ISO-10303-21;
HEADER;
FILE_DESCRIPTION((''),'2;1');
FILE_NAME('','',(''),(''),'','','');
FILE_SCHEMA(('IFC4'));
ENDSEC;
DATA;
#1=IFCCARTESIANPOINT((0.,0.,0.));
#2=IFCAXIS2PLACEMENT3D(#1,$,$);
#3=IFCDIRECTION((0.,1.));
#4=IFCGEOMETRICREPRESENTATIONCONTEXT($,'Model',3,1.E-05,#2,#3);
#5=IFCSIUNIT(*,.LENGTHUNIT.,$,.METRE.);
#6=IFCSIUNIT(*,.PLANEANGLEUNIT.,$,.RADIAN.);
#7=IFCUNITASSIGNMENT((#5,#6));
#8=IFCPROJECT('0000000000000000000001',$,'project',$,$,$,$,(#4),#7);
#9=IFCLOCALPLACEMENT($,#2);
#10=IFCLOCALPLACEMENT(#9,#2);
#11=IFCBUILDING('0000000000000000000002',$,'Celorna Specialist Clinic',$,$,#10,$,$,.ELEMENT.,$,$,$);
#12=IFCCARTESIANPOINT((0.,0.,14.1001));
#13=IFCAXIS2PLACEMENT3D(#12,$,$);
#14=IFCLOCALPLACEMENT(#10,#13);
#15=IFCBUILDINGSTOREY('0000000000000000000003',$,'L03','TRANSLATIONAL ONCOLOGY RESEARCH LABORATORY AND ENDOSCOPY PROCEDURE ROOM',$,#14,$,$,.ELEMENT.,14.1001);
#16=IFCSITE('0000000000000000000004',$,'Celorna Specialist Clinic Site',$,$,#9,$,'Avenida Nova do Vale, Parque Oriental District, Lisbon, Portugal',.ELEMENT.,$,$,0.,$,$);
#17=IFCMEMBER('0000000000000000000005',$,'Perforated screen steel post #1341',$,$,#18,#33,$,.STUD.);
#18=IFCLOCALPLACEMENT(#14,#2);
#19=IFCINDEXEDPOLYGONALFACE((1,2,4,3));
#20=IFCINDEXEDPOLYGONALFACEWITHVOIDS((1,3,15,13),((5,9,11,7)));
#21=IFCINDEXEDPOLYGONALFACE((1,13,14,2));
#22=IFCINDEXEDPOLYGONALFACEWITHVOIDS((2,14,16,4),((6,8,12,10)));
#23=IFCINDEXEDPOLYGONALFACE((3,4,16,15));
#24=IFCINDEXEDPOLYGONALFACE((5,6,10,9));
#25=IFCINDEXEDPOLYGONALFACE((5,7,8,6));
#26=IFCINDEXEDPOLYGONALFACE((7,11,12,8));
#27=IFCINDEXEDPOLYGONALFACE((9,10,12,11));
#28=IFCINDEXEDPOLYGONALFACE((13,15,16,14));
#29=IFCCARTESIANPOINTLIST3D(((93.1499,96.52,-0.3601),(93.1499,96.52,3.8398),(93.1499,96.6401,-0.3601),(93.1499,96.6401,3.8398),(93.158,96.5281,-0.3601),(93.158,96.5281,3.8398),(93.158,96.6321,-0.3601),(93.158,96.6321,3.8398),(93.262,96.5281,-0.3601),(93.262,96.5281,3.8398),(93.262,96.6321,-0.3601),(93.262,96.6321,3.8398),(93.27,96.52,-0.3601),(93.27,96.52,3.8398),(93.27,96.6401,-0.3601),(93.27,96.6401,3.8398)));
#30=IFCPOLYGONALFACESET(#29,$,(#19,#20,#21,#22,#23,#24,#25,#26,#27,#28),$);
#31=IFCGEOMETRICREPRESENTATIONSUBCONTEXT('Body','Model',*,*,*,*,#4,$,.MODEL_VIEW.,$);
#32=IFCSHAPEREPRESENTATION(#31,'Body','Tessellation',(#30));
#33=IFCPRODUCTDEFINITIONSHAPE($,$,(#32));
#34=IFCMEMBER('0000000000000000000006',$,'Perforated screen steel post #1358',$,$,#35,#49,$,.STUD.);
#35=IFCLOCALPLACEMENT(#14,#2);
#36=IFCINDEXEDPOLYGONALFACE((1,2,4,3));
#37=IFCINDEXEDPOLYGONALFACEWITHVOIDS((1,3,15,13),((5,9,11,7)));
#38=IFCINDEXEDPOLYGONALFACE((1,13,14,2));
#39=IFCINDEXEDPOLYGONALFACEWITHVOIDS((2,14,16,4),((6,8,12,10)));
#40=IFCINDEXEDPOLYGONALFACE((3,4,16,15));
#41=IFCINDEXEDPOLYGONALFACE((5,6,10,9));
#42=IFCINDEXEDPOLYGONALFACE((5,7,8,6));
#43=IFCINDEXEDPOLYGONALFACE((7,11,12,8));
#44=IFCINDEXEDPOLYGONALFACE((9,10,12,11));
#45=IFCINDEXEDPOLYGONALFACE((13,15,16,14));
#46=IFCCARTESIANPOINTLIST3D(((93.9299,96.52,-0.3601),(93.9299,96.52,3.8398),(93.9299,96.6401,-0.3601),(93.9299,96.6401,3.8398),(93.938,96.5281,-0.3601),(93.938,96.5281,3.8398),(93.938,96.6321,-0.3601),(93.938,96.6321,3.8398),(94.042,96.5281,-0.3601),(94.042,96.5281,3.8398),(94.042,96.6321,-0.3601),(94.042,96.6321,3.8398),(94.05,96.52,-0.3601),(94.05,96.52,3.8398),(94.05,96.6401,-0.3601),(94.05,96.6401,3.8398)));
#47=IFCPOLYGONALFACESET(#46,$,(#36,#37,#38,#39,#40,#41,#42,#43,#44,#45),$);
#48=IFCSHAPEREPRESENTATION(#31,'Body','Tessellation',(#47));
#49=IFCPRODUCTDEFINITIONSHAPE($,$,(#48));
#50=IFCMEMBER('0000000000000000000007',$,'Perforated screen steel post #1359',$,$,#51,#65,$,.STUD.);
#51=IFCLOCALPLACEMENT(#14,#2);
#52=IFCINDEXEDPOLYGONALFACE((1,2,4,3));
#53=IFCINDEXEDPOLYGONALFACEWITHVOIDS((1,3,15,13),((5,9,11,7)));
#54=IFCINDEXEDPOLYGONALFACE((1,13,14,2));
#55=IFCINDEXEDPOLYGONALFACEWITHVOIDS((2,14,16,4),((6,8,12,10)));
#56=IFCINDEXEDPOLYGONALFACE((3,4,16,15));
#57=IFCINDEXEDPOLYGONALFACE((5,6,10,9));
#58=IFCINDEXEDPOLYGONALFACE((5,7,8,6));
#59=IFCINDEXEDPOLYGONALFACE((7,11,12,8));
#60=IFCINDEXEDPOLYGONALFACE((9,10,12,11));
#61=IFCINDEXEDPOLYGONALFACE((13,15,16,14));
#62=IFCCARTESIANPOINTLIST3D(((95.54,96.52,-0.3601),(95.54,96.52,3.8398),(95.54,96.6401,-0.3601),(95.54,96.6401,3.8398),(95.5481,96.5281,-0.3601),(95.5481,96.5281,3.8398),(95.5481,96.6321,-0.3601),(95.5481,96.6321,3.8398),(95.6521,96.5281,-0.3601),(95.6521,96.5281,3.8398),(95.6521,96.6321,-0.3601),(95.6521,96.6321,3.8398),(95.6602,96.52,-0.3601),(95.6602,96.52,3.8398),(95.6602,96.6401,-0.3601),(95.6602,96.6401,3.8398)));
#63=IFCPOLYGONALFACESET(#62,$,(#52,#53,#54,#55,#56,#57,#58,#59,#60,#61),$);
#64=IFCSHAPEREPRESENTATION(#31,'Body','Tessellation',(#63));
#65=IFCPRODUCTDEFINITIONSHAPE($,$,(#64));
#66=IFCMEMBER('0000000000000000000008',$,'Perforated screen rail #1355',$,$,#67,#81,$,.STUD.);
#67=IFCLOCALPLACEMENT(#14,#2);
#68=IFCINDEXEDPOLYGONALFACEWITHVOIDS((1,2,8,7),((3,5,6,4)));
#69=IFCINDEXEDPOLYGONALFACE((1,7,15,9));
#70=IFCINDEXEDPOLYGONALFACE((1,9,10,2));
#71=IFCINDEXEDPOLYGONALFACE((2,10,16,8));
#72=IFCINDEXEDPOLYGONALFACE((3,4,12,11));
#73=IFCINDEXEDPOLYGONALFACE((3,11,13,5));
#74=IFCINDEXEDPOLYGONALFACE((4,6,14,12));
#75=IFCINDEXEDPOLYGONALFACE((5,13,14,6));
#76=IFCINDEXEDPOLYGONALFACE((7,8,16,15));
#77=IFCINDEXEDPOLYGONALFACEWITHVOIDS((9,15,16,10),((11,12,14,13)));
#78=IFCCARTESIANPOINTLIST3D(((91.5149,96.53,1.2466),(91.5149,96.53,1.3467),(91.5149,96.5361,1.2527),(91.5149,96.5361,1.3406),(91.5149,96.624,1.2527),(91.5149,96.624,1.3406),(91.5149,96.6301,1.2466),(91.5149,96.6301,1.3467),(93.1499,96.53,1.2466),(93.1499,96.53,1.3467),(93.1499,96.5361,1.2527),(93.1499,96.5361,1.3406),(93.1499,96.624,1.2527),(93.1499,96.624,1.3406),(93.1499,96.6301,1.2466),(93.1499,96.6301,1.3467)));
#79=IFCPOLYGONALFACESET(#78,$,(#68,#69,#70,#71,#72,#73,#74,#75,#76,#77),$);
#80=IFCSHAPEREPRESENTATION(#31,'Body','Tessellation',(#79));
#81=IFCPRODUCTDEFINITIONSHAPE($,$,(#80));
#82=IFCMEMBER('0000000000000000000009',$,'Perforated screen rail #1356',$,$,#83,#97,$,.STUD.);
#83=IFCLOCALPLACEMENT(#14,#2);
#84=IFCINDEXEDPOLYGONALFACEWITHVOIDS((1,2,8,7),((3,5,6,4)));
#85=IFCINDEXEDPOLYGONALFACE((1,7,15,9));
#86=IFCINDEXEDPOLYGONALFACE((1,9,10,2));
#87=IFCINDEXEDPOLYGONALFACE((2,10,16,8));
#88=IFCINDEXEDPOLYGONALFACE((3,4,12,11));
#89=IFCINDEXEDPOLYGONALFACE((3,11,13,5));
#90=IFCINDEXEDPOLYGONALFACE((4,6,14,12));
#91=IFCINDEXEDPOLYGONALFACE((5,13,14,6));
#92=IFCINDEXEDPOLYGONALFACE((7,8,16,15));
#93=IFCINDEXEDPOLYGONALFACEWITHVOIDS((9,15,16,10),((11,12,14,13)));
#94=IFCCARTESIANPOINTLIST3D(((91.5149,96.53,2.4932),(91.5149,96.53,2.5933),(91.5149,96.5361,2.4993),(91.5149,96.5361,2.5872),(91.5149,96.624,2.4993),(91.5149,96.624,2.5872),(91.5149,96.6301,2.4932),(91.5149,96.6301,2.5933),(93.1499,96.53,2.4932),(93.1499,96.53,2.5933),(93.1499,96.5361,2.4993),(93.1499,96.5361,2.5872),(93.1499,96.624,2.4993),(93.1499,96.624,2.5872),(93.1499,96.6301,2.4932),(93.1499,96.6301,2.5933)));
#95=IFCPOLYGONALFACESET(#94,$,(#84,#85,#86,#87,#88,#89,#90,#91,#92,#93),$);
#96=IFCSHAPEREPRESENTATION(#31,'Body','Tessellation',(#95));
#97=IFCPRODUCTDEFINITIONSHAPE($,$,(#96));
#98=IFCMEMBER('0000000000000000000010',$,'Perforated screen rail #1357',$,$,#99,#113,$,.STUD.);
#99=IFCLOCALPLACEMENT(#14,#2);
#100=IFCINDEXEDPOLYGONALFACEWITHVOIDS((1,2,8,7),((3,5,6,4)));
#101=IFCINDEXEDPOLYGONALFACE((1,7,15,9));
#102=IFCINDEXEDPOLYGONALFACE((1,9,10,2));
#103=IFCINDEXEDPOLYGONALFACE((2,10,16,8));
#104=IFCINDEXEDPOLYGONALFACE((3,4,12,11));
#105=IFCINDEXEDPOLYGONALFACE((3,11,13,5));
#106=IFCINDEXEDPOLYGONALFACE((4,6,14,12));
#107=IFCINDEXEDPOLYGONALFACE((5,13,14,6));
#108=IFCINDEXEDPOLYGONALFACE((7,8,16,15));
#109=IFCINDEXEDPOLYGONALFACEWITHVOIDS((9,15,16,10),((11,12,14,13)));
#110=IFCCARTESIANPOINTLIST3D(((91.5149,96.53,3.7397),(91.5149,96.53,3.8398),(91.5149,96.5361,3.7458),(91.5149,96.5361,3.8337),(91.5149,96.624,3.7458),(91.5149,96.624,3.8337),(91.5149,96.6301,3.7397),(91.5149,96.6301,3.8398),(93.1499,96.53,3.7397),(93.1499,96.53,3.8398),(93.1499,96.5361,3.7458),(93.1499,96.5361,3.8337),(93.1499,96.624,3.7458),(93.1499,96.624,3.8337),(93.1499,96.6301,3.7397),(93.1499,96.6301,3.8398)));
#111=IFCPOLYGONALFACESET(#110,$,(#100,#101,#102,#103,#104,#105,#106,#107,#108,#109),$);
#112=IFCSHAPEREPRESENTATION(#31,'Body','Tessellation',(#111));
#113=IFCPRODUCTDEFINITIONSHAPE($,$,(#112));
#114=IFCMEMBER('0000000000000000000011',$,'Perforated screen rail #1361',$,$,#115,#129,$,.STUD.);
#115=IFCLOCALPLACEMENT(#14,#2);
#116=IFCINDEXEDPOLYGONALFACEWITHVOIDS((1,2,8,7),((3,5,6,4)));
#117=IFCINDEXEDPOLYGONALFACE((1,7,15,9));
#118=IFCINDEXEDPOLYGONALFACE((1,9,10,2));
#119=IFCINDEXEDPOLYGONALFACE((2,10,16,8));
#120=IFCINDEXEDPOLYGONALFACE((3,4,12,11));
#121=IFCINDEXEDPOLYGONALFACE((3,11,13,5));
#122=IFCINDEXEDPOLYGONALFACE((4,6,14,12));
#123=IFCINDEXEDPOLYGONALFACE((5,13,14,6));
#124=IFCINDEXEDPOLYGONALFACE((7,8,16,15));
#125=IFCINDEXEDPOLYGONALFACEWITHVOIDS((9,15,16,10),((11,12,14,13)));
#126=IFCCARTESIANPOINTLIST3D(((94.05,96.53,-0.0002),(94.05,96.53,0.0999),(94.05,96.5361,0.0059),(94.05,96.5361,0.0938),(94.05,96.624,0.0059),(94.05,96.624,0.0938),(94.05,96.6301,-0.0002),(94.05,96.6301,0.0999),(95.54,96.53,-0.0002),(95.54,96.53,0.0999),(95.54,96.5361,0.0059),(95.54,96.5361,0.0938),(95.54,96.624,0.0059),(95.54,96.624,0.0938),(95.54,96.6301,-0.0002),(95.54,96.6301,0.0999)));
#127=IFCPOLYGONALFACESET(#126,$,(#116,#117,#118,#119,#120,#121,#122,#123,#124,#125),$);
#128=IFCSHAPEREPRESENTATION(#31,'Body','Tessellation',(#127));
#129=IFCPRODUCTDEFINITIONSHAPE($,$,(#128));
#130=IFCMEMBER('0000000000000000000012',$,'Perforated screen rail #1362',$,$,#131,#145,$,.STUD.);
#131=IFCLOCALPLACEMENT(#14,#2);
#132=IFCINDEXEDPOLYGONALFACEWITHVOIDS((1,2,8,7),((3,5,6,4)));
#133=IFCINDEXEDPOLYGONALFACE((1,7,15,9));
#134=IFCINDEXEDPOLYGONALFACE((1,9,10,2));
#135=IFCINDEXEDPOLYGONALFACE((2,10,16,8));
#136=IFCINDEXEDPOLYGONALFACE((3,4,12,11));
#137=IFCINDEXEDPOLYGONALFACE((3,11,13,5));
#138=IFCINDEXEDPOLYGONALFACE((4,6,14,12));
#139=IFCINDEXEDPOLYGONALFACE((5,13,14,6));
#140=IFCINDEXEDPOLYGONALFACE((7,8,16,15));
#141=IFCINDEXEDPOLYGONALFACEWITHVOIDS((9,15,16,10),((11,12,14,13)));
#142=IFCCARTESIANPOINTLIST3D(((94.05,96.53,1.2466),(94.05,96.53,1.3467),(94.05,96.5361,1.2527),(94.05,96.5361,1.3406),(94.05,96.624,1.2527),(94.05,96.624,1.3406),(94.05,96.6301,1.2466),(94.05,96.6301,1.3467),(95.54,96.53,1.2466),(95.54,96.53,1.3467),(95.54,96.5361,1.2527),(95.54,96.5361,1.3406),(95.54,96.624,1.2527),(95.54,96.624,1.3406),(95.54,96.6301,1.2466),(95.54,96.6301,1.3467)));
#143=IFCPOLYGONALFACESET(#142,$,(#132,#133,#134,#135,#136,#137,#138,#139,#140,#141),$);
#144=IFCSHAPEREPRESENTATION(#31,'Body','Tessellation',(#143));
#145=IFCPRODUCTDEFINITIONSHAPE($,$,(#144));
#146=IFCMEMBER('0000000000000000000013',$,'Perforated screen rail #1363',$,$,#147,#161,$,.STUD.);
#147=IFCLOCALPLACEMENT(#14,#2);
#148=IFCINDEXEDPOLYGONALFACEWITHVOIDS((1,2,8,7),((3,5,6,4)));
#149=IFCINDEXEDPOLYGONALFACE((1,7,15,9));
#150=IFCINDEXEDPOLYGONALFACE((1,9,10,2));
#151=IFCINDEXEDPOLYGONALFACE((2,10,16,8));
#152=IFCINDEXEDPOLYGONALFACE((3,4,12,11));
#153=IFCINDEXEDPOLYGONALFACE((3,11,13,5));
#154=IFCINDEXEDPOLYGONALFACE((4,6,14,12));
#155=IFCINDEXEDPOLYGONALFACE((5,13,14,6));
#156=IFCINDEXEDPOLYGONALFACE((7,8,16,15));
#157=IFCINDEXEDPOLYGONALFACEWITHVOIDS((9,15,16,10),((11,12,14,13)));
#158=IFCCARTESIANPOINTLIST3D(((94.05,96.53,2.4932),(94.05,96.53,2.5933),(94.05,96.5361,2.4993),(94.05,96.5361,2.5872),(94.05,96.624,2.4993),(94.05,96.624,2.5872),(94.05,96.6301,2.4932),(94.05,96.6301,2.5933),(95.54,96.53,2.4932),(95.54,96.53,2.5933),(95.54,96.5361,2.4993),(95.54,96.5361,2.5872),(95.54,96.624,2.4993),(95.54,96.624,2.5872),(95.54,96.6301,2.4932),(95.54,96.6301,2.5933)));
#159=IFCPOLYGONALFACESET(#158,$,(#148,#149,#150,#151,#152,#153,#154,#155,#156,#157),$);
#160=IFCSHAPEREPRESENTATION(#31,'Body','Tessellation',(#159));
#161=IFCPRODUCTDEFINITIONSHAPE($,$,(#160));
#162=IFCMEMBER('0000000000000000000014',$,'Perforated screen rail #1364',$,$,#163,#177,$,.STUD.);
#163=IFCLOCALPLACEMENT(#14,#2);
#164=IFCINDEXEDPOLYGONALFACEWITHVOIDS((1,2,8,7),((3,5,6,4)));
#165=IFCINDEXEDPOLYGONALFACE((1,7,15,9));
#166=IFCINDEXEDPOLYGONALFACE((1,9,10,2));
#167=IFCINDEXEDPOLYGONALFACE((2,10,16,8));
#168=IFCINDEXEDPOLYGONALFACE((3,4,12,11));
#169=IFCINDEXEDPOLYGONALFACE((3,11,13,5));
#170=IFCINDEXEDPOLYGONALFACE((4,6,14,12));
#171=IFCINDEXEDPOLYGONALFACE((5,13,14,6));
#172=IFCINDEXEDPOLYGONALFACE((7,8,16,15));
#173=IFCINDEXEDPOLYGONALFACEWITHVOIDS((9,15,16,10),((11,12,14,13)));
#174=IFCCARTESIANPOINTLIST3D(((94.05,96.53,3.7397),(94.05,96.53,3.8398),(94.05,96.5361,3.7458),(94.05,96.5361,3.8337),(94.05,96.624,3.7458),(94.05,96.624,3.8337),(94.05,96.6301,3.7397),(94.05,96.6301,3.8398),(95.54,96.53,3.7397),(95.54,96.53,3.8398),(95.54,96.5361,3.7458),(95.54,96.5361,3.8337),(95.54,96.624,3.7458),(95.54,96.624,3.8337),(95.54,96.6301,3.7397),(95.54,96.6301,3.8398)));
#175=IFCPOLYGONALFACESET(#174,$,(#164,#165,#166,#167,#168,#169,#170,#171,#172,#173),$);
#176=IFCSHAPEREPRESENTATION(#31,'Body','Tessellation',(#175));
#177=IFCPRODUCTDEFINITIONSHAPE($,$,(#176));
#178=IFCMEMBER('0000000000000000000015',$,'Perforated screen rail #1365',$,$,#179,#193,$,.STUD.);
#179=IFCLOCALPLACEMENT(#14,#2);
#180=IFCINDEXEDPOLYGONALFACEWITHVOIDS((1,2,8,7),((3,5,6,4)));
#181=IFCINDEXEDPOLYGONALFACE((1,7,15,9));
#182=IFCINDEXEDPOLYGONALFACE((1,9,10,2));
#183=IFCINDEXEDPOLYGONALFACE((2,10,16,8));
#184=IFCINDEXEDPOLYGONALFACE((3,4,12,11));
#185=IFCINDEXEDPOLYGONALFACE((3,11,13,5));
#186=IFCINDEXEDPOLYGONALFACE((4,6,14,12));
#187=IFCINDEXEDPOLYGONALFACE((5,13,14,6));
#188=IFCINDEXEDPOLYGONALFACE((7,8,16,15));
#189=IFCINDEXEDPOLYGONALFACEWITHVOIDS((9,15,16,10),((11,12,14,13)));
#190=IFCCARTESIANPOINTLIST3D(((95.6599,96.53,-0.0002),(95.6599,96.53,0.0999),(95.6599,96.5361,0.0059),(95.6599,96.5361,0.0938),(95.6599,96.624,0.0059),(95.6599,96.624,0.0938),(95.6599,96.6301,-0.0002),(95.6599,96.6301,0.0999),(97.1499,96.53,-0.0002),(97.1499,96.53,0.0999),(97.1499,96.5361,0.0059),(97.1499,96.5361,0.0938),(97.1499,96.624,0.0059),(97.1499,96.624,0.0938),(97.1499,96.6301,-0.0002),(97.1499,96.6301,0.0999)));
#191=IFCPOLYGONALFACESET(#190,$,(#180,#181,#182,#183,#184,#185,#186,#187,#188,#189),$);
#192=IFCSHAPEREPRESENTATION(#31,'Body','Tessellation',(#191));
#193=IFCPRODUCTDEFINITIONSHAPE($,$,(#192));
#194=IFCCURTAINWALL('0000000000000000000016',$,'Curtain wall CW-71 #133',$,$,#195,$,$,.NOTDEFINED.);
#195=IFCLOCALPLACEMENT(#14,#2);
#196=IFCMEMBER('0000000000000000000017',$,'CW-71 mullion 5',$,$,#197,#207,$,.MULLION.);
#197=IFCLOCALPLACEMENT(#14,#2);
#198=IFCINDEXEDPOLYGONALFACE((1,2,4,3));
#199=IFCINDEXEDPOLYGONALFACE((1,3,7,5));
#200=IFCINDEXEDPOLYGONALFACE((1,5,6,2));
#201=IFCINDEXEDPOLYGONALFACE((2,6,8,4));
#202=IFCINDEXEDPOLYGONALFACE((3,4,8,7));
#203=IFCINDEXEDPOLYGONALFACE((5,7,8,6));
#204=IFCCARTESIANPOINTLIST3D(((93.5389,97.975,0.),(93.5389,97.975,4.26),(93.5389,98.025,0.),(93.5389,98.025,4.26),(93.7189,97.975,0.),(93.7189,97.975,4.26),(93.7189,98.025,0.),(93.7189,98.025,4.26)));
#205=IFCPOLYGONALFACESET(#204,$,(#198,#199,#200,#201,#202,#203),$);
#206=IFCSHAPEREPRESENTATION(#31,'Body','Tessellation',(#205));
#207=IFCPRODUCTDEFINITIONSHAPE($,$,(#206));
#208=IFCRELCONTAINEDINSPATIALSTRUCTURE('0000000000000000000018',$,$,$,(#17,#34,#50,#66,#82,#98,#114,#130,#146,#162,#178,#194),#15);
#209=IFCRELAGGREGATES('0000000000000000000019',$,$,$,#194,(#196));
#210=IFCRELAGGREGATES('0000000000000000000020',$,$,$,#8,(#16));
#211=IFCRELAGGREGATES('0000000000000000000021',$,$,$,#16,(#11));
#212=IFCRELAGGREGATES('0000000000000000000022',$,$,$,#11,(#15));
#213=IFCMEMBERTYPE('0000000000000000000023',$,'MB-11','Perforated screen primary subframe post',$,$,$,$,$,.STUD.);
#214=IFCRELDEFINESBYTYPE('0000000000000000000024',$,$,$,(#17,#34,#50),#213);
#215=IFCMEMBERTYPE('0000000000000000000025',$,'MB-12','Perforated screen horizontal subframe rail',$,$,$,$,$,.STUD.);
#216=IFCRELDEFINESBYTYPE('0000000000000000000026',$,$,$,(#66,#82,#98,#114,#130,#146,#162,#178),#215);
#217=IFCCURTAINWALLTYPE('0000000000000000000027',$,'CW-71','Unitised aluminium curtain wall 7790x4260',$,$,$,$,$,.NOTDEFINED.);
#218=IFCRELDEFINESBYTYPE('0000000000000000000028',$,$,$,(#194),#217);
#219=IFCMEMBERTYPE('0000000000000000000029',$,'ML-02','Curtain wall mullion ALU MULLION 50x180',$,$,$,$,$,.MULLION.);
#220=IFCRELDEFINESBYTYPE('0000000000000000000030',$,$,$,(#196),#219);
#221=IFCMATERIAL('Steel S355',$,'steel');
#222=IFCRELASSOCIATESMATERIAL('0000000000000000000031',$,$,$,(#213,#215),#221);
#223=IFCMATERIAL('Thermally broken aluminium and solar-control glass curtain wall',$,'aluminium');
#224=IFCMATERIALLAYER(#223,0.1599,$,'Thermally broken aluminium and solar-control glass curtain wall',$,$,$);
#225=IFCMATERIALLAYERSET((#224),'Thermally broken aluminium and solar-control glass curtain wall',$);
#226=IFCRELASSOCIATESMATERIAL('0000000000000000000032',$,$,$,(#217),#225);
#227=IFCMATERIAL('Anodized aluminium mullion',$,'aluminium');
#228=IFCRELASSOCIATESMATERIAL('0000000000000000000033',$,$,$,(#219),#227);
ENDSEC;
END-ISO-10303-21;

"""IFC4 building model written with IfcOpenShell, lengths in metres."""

from ifc_helpers import new_model, si_unit, direction, frame, origin, origin_2d, place, context, subcontext, project, spatial, rectangle, hollow_rectangle, extrude, material, layer, layer_set, material_profile, profile_set, type_object, element, aggregate, save


model = new_model("IFC4")

# Units and contexts
model_context = context("Model", 3, precision=1e-05, world=origin(), true_north=direction((0.0, 1.0)))
body_context = subcontext(model_context, "Body", "Model", "MODEL_VIEW")
ifc_project = project(units=[si_unit("LENGTHUNIT", "METRE"), si_unit("PLANEANGLEUNIT", "RADIAN")], contexts=[model_context])

# Site, building, storey
site_placement = place(None, origin())
site = spatial("IfcSite", under=ifc_project, at=site_placement, Name="Celorna Specialist Clinic Site", LongName="Avenida Nova do Vale, Parque Oriental District, Lisbon, Portugal", CompositionType="ELEMENT", RefElevation=0.0)
building_placement = place(site_placement, origin())
building = spatial("IfcBuilding", under=site, at=building_placement, Name="Celorna Specialist Clinic", CompositionType="ELEMENT")
storey_placement = place(building_placement, frame((0.0, 0.0, 14.1001)))
storey = spatial("IfcBuildingStorey", under=building, at=storey_placement, Name="L03", Description="TRANSLATIONAL ONCOLOGY RESEARCH LABORATORY AND ENDOSCOPY PROCEDURE ROOM", CompositionType="ELEMENT", Elevation=14.1001)

# Members
ifc_material_1 = material(Name="Steel S355", Category="steel")
ifc_material_profile_1 = material_profile(ifc_material_1, hollow_rectangle(XDim=0.1201, YDim=0.1201, WallThickness=0.0081, at=origin_2d()), Name="SHS 120x120x8")
ifc_profile_set_1 = profile_set([ifc_material_profile_1], Name="Steel S355")
member_type_1 = type_object("IfcMemberType", Name="MB-11", Description="Perforated screen primary subframe post", PredefinedType="STUD", material=ifc_profile_set_1)
for number, where, z_axis, x_axis, name in (
    (1, (93.21, 96.5801, -0.3601), (0.0, 0.0, 1.0), (1.0, 0.0, 0.0), "Perforated screen steel post #1341"),
    (2, (93.99, 96.5801, -0.3601), (0.0, 0.0, 1.0), (1.0, 0.0, 0.0), "Perforated screen steel post #1358"),
    (3, (95.6001, 96.5801, -0.3601), (0.0, 0.0, 1.0), (1.0, 0.0, 0.0), "Perforated screen steel post #1359"),
):
    element("IfcMember", number, at=place(storey_placement, frame(where, z_axis=z_axis, x_axis=x_axis)), inside=storey, type_object=member_type_1, Name=name, PredefinedType="STUD", context=body_context, shape_type="SweptSolid", body=[
        extrude(hollow_rectangle(XDim=0.1201, YDim=0.1201, WallThickness=0.0081, at=origin_2d()), origin(), (0.0, 0.0, 1.0), 4.2),
    ])
ifc_material_profile_2 = material_profile(ifc_material_1, hollow_rectangle(XDim=0.1001, YDim=0.1001, WallThickness=0.0061, at=origin_2d()), Name="SHS 100x100x6")
ifc_profile_set_2 = profile_set([ifc_material_profile_2], Name="Steel S355")
member_type_2 = type_object("IfcMemberType", Name="MB-12", Description="Perforated screen horizontal subframe rail", PredefinedType="STUD", material=ifc_profile_set_2)
for number, where, z_axis, x_axis, name in (
    (4, (91.5149, 96.5801, 1.2966), (1.0, 0.0, 0.0), (0.0, 1.0, 0.0), "Perforated screen rail #1355"),
    (5, (91.5149, 96.5801, 2.5432), (1.0, 0.0, 0.0), (0.0, 1.0, 0.0), "Perforated screen rail #1356"),
    (6, (91.5149, 96.5801, 3.7898), (1.0, 0.0, 0.0), (0.0, 1.0, 0.0), "Perforated screen rail #1357"),
):
    element("IfcMember", number, at=place(storey_placement, frame(where, z_axis=z_axis, x_axis=x_axis)), inside=storey, type_object=member_type_2, Name=name, PredefinedType="STUD", context=body_context, shape_type="SweptSolid", body=[
        extrude(hollow_rectangle(XDim=0.1001, YDim=0.1001, WallThickness=0.0061, at=origin_2d()), origin(), (0.0, 0.0, 1.0), 1.635),
    ])
for number, where, z_axis, x_axis, name in (
    (7, (94.05, 96.5801, 0.0498), (1.0, 0.0, 0.0), (0.0, 1.0, 0.0), "Perforated screen rail #1361"),
    (8, (94.05, 96.5801, 1.2966), (1.0, 0.0, 0.0), (0.0, 1.0, 0.0), "Perforated screen rail #1362"),
    (9, (94.05, 96.5801, 2.5432), (1.0, 0.0, 0.0), (0.0, 1.0, 0.0), "Perforated screen rail #1363"),
    (10, (94.05, 96.5801, 3.7898), (1.0, 0.0, 0.0), (0.0, 1.0, 0.0), "Perforated screen rail #1364"),
    (11, (95.6599, 96.5801, 0.0498), (1.0, 0.0, 0.0), (0.0, 1.0, 0.0), "Perforated screen rail #1365"),
):
    element("IfcMember", number, at=place(storey_placement, frame(where, z_axis=z_axis, x_axis=x_axis)), inside=storey, type_object=member_type_2, Name=name, PredefinedType="STUD", context=body_context, shape_type="SweptSolid", body=[
        extrude(hollow_rectangle(XDim=0.1001, YDim=0.1001, WallThickness=0.0061, at=origin_2d()), origin(), (0.0, 0.0, 1.0), 1.49),
    ])

# Curtain wall, member
ifc_material_2 = material(Name="Thermally broken aluminium and solar-control glass curtain wall", Category="aluminium")
ifc_layer_1 = layer(ifc_material_2, 0.1599, Name="Thermally broken aluminium and solar-control glass curtain wall")
ifc_layer_set_1 = layer_set([ifc_layer_1], Name="Thermally broken aluminium and solar-control glass curtain wall")
curtain_wall_type = type_object("IfcCurtainWallType", Name="CW-71", Description="Unitised aluminium curtain wall 7790x4260", PredefinedType="NOTDEFINED", material=ifc_layer_set_1)
curtain_wall_placement = place(storey_placement, origin())
curtain_wall = element("IfcCurtainWall", 12, at=curtain_wall_placement, inside=storey, type_object=curtain_wall_type, Name="Curtain wall CW-71 #133", PredefinedType="NOTDEFINED")
ifc_material_3 = material(Name="Anodized aluminium mullion", Category="aluminium")
ifc_material_profile_3 = material_profile(ifc_material_3, rectangle(XDim=0.05, YDim=0.1799, at=origin_2d()), Name="ALU MULLION 50x180")
ifc_profile_set_3 = profile_set([ifc_material_profile_3], Name="Anodized aluminium mullion")
member_type_3 = type_object("IfcMemberType", Name="ML-02", Description="Curtain wall mullion ALU MULLION 50x180", PredefinedType="MULLION", material=ifc_profile_set_3)
member_1_placement = place(storey_placement, frame((93.6289, 98.0, 0.0), z_axis=(0.0, 0.0, 1.0), x_axis=(0.0, -1.0, 0.0)))
member_1 = element("IfcMember", 13, at=member_1_placement, type_object=member_type_3, Name="CW-71 mullion 5", PredefinedType="MULLION", context=body_context, shape_type="SweptSolid", body=[
    extrude(rectangle(XDim=0.05, YDim=0.1799, at=origin_2d()), origin(), (0.0, 0.0, 1.0), 4.26),
])
aggregate(curtain_wall, [member_1])

save(model, "model.ifc")
